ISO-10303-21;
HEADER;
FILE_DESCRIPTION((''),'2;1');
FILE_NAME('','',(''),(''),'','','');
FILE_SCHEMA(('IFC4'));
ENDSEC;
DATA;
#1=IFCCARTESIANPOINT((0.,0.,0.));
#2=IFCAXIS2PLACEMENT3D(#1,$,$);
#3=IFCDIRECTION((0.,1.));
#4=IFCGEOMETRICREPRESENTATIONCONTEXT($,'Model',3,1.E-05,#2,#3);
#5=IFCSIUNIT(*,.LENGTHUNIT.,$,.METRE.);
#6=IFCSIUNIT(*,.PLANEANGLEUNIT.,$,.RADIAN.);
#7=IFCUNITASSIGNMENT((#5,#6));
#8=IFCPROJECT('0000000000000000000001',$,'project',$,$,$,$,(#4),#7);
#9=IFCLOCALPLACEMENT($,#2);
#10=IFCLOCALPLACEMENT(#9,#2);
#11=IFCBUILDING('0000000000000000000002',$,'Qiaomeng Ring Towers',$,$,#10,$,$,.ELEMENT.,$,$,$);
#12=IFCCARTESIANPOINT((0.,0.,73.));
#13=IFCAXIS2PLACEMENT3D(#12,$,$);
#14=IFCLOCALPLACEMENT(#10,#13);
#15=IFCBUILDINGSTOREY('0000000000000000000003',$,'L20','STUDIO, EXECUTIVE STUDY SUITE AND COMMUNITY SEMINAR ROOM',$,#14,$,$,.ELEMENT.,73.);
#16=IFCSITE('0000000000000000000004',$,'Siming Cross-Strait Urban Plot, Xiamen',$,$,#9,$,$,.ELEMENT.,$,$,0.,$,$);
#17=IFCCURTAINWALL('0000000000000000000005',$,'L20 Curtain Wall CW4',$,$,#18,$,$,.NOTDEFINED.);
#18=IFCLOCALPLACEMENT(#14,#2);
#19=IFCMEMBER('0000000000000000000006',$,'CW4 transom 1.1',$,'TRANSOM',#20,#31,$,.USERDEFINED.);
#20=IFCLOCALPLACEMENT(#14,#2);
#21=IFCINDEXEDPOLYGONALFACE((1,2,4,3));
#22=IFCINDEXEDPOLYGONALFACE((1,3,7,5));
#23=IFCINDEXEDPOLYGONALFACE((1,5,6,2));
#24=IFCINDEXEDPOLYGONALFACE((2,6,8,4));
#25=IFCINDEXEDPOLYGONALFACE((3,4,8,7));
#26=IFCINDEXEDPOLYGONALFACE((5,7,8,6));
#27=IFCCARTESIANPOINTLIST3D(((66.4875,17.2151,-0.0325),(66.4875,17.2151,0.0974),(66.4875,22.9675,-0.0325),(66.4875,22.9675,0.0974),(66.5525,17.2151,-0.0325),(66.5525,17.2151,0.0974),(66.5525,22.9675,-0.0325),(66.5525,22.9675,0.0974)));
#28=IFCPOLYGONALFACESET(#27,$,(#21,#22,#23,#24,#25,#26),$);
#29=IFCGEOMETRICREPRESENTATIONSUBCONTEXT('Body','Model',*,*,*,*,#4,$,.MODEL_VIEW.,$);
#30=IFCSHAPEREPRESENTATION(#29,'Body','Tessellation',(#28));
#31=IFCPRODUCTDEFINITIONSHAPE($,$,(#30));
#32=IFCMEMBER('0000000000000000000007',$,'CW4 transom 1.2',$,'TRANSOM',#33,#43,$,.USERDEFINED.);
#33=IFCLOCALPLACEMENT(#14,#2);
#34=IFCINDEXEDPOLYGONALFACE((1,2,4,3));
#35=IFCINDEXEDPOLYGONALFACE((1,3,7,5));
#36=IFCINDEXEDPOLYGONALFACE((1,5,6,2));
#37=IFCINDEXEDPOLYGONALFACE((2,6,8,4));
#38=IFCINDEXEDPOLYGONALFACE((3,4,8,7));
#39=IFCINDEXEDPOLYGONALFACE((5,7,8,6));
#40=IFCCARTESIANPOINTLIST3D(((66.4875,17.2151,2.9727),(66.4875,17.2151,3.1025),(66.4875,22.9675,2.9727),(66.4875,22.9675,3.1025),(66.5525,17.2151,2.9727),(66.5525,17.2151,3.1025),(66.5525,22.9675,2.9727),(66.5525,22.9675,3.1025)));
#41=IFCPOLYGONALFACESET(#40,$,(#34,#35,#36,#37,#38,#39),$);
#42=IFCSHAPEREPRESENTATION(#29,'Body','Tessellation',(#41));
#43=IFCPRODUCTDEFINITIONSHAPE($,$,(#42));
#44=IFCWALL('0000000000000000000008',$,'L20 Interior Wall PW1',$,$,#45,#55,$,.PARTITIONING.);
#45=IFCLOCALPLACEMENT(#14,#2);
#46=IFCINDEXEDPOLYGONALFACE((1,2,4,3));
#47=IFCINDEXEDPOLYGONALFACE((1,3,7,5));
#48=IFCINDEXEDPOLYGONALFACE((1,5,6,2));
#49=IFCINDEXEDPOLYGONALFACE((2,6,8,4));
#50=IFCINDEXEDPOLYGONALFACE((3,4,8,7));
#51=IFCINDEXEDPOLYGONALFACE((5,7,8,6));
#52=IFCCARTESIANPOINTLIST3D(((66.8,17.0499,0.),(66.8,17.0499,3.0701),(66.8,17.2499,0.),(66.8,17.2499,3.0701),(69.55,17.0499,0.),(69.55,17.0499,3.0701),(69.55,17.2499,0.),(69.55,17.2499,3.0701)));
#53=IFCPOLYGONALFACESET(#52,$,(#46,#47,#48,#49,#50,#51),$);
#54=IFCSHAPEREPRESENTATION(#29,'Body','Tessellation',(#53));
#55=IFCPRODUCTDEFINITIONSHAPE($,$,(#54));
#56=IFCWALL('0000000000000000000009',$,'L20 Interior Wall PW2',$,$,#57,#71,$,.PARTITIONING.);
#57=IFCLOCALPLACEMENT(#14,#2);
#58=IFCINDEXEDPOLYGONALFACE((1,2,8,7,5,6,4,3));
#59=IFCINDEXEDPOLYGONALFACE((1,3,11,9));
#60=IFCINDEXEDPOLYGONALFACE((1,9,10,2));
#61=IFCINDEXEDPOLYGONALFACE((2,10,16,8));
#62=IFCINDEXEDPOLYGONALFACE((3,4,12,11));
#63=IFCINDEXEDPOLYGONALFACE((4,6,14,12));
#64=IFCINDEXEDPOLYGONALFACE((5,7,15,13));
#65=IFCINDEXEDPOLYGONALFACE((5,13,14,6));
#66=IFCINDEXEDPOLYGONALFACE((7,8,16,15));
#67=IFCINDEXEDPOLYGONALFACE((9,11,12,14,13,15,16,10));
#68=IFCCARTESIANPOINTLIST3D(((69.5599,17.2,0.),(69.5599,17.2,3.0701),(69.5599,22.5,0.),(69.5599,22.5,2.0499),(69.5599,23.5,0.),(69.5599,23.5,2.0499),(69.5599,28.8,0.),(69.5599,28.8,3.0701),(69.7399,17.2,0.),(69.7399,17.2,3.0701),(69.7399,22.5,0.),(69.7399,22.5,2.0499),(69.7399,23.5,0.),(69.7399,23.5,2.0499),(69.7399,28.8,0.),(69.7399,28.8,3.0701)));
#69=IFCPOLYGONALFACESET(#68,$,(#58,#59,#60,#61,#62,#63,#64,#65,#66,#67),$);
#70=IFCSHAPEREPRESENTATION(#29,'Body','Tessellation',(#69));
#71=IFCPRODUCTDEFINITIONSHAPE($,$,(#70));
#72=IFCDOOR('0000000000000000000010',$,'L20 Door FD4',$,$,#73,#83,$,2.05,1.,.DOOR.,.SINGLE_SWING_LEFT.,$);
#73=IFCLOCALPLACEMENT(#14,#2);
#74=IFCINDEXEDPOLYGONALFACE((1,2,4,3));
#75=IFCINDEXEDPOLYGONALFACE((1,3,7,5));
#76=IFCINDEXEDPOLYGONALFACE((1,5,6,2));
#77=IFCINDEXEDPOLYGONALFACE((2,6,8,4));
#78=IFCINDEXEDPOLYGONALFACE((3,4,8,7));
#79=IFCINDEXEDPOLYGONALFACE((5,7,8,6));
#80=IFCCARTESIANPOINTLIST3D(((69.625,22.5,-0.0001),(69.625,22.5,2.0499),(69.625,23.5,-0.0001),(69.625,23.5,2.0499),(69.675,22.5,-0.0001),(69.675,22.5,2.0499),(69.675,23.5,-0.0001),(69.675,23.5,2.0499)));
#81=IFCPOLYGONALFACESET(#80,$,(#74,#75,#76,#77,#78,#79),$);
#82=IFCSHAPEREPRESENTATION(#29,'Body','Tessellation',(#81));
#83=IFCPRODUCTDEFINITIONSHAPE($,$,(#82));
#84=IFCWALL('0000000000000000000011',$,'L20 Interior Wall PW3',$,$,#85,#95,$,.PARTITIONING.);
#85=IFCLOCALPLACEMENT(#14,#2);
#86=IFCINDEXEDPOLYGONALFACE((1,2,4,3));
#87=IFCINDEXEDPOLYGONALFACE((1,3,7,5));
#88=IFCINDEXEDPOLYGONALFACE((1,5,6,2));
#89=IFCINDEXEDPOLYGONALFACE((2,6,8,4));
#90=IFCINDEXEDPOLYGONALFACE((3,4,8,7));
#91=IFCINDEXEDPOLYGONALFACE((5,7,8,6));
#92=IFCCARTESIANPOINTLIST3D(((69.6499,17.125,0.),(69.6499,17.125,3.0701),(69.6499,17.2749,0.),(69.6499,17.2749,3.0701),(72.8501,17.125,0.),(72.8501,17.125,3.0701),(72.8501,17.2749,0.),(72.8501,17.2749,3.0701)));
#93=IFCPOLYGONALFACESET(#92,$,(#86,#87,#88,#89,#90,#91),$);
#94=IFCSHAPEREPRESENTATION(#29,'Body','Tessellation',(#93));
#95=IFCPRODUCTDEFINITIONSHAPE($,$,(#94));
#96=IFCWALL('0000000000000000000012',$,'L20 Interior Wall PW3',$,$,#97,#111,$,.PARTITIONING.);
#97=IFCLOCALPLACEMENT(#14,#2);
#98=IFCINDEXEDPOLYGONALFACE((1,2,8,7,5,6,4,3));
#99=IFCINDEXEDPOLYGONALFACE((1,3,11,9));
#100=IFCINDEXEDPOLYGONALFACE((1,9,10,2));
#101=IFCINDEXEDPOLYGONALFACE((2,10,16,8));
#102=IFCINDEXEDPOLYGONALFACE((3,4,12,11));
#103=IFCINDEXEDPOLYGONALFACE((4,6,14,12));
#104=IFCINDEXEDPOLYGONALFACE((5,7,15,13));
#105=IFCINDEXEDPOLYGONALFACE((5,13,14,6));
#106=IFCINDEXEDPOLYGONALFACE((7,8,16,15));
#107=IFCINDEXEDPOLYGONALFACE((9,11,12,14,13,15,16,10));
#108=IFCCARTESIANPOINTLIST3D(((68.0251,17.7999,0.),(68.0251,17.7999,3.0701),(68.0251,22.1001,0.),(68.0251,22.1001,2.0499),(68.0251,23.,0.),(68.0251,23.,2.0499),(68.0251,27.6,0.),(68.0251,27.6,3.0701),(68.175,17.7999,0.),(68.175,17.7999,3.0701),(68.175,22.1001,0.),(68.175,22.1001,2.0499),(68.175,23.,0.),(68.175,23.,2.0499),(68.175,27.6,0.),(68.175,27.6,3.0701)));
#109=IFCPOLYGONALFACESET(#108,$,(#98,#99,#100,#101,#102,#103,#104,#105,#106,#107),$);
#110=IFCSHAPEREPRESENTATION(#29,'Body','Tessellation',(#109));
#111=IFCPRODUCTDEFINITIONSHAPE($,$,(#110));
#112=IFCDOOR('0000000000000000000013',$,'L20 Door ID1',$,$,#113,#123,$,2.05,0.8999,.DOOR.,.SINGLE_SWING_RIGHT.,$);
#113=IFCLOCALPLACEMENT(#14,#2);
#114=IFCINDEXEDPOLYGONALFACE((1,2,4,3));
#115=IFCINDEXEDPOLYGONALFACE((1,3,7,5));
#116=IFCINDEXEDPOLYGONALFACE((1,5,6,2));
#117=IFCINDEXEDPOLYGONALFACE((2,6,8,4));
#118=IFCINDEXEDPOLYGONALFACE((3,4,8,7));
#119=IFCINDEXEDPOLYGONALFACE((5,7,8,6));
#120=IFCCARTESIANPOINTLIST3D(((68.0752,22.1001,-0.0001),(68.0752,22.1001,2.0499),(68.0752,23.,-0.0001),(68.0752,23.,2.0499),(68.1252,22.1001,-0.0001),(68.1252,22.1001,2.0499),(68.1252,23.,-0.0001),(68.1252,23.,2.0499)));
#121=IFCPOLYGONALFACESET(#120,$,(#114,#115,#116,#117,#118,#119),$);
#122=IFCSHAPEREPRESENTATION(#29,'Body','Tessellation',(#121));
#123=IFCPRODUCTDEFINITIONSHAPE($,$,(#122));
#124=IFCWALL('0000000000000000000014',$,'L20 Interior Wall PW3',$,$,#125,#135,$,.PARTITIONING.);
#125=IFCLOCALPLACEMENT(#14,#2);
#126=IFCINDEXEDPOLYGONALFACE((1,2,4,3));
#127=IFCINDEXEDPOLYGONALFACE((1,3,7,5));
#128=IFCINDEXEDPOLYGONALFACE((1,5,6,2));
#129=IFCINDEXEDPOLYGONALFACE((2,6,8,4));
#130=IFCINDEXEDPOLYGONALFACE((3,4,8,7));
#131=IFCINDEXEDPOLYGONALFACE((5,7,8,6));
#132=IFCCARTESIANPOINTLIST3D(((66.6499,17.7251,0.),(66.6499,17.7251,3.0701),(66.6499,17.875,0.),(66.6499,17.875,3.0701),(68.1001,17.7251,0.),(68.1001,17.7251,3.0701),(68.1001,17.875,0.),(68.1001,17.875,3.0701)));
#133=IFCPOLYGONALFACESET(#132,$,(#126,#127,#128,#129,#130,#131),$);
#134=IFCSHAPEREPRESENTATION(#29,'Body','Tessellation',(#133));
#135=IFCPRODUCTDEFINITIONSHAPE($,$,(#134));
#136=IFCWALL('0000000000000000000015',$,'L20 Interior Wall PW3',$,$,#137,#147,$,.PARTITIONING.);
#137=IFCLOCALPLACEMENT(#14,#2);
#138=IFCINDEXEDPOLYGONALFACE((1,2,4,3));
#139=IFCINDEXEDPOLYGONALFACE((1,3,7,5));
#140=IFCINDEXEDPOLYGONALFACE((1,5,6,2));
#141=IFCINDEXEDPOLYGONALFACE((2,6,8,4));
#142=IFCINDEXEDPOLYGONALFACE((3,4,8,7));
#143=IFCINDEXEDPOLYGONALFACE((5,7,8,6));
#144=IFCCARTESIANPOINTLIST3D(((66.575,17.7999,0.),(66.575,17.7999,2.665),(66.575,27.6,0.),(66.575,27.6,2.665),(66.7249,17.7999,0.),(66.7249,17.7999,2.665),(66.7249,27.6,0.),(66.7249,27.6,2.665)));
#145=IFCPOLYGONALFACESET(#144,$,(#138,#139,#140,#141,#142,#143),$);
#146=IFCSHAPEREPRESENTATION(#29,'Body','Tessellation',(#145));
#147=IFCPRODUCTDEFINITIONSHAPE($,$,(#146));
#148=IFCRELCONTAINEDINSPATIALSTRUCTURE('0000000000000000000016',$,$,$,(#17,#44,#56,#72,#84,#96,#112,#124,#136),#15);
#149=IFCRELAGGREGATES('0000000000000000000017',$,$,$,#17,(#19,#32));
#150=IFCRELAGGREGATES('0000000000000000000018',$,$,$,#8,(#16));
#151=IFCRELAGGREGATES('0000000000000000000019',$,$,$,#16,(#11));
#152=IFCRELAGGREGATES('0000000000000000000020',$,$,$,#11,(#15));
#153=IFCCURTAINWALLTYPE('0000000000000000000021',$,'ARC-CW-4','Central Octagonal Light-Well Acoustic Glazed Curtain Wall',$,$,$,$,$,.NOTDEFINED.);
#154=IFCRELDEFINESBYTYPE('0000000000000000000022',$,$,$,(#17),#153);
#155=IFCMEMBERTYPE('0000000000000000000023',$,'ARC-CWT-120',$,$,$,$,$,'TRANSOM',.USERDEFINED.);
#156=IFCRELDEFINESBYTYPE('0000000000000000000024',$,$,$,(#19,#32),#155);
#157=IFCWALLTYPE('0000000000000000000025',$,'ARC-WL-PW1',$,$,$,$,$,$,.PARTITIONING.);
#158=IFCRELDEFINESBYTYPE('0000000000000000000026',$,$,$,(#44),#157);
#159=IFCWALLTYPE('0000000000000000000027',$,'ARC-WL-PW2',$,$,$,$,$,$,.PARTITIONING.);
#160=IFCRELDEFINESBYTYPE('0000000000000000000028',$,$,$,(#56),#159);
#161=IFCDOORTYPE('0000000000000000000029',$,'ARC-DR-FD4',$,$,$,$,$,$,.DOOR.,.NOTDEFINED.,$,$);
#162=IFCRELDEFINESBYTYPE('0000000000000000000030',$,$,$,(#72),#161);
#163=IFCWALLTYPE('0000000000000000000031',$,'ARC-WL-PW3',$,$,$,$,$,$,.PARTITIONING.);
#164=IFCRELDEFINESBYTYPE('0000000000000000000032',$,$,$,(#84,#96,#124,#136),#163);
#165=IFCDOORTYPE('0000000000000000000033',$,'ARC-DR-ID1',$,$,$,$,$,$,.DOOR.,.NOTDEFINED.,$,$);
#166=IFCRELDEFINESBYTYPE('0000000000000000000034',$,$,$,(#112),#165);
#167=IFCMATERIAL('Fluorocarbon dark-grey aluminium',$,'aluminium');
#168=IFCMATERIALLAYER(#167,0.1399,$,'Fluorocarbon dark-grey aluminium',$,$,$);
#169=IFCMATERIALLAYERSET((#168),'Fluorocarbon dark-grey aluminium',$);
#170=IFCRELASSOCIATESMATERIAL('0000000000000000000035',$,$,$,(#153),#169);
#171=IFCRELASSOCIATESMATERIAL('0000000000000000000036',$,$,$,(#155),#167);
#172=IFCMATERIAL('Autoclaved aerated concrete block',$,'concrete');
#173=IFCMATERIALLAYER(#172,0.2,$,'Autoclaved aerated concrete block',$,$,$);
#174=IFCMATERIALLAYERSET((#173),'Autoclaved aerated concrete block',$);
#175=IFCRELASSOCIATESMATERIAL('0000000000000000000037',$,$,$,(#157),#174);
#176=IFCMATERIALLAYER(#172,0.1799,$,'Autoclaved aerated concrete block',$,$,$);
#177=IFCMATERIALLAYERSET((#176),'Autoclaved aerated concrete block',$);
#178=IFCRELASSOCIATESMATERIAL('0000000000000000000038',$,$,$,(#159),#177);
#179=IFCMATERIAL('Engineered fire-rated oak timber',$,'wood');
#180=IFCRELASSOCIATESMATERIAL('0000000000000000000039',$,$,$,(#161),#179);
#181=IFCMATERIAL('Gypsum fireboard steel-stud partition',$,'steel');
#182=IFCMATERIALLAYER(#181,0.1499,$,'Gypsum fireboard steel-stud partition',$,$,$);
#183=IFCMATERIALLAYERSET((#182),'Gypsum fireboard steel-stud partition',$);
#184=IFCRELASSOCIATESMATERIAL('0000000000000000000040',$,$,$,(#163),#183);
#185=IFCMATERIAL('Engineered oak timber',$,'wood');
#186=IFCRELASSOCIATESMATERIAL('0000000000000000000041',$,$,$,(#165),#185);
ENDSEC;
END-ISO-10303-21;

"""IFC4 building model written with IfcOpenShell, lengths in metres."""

from ifc_helpers import new_model, si_unit, direction, frame, frame_2d, origin, origin_2d, place, context, subcontext, project, spatial, rectangle, extrude, source, transform, mapped, material, layer, layer_set, material_profile, profile_set, type_object, element, fill, aggregate, save


model = new_model("IFC4")

# Units and contexts
model_context = context("Model", 3, precision=1e-05, world=origin(), true_north=direction((0.0, 1.0)))
body_context = subcontext(model_context, "Body", "Model", "MODEL_VIEW")
ifc_project = project(units=[si_unit("LENGTHUNIT", "METRE"), si_unit("PLANEANGLEUNIT", "RADIAN")], contexts=[model_context])

# Site, building, storey
site_placement = place(None, origin())
site = spatial("IfcSite", under=ifc_project, at=site_placement, Name="Siming Cross-Strait Urban Plot, Xiamen", CompositionType="ELEMENT", RefElevation=0.0)
building_placement = place(site_placement, origin())
building = spatial("IfcBuilding", under=site, at=building_placement, Name="Qiaomeng Ring Towers", CompositionType="ELEMENT")
storey_placement = place(building_placement, frame((0.0, 0.0, 73.0)))
storey = spatial("IfcBuildingStorey", under=building, at=storey_placement, Name="L20", Description="STUDIO, EXECUTIVE STUDY SUITE AND COMMUNITY SEMINAR ROOM", CompositionType="ELEMENT", Elevation=73.0)

# Curtain wall, members
ifc_material_1 = material(Name="Fluorocarbon dark-grey aluminium", Category="aluminium")
ifc_layer_1 = layer(ifc_material_1, 0.1399, Name="Fluorocarbon dark-grey aluminium")
ifc_layer_set_1 = layer_set([ifc_layer_1], Name="Fluorocarbon dark-grey aluminium")
curtain_wall_type = type_object("IfcCurtainWallType", Name="ARC-CW-4", Description="Central Octagonal Light-Well Acoustic Glazed Curtain Wall", PredefinedType="NOTDEFINED", material=ifc_layer_set_1)
curtain_wall_placement = place(storey_placement, origin())
curtain_wall = element("IfcCurtainWall", 1, at=curtain_wall_placement, inside=storey, type_object=curtain_wall_type, Name="L20 Curtain Wall CW4", PredefinedType="NOTDEFINED")
ifc_material_profile_1 = material_profile(ifc_material_1, rectangle(XDim=0.0649, YDim=0.1299, at=origin_2d()), Name="ALU TRAN 65x130")
ifc_profile_set_1 = profile_set([ifc_material_profile_1], Name="Fluorocarbon dark-grey aluminium")
member_type_1 = type_object("IfcMemberType", Name="ARC-CWT-120", ElementType="TRANSOM", PredefinedType="USERDEFINED", material=ifc_profile_set_1)
shared_shape_1 = source(origin(), body_context, "Body", "SweptSolid", [
    extrude(rectangle(XDim=0.0649, YDim=0.1299, at=origin_2d()), origin(), (0.0, 0.0, 1.0), 5.7524),
])
member_1_placement = place(storey_placement, frame((66.52, 17.2151, 0.0325), z_axis=(0.0, 1.0, 0.0), x_axis=(-1.0, 0.0, 0.0)))
member_1 = element("IfcMember", 2, at=member_1_placement, type_object=member_type_1, Name="CW4 transom 1.1", ObjectType="TRANSOM", PredefinedType="USERDEFINED", context=body_context, shape_type="MappedRepresentation", body=[
    mapped(shared_shape_1, transform((0.0, 0.0, 0.0), x_axis=(1.0, 0.0, 0.0), y_axis=(0.0, 1.0, 0.0), z_axis=(0.0, 0.0, 1.0), scale=1.0)),
])
member_2_placement = place(storey_placement, frame((66.52, 17.2151, 3.0376), z_axis=(0.0, 1.0, 0.0), x_axis=(-1.0, 0.0, 0.0)))
member_2 = element("IfcMember", 3, at=member_2_placement, type_object=member_type_1, Name="CW4 transom 1.2", ObjectType="TRANSOM", PredefinedType="USERDEFINED", context=body_context, shape_type="MappedRepresentation", body=[
    mapped(shared_shape_1, transform((0.0, 0.0, 0.0), x_axis=(1.0, 0.0, 0.0), y_axis=(0.0, 1.0, 0.0), z_axis=(0.0, 0.0, 1.0), scale=1.0)),
])
aggregate(curtain_wall, [member_1, member_2])

# Wall
ifc_material_2 = material(Name="Autoclaved aerated concrete block", Category="concrete")
ifc_layer_2 = layer(ifc_material_2, 0.2, Name="Autoclaved aerated concrete block")
ifc_layer_set_2 = layer_set([ifc_layer_2], Name="Autoclaved aerated concrete block")
wall_type_1 = type_object("IfcWallType", Name="ARC-WL-PW1", PredefinedType="PARTITIONING", material=ifc_layer_set_2)
wall_1_placement = place(storey_placement, frame((66.8, 17.1499, 0.0), z_axis=(0.0, 0.0, 1.0), x_axis=(1.0, 0.0, 0.0)))
element("IfcWall", 4, at=wall_1_placement, inside=storey, type_object=wall_type_1, Name="L20 Interior Wall PW1", PredefinedType="PARTITIONING", context=body_context, shape_type="SweptSolid", body=[
    extrude(rectangle(XDim=2.75, YDim=0.2, at=frame_2d((1.375, 0.0))), origin(), (0.0, 0.0, 1.0), 3.0701),
])

# Wall, opening, door
ifc_layer_3 = layer(ifc_material_2, 0.1799, Name="Autoclaved aerated concrete block")
ifc_layer_set_3 = layer_set([ifc_layer_3], Name="Autoclaved aerated concrete block")
wall_type_2 = type_object("IfcWallType", Name="ARC-WL-PW2", PredefinedType="PARTITIONING", material=ifc_layer_set_3)
wall_2_placement = place(storey_placement, frame((69.6499, 17.2, 0.0), z_axis=(0.0, 0.0, 1.0), x_axis=(0.0, 1.0, 0.0)))
wall_2 = element("IfcWall", 5, at=wall_2_placement, inside=storey, type_object=wall_type_2, Name="L20 Interior Wall PW2", PredefinedType="PARTITIONING", context=body_context, shape_type="SweptSolid", body=[
    extrude(rectangle(XDim=11.6001, YDim=0.1799, at=frame_2d((5.8, 0.0))), origin(), (0.0, 0.0, 1.0), 3.0701),
])
opening_1_placement = place(wall_2_placement, frame((5.3, 0.0, 0.0)))
opening_1 = element("IfcOpeningElement", 6, at=opening_1_placement, cuts=wall_2, PredefinedType="OPENING", context=body_context, shape_type="SweptSolid", body=[
    extrude(rectangle(XDim=1.0, YDim=2.05, at=frame_2d((0.5, 1.0249))), frame((0.0, 0.0999, 0.0), z_axis=(0.0, -1.0, 0.0), x_axis=(1.0, 0.0, 0.0)), (0.0, 0.0, 1.0), 0.2),
])
ifc_material_3 = material(Name="Engineered fire-rated oak timber", Category="wood")
door_type_1 = type_object("IfcDoorType", Name="ARC-DR-FD4", OperationType="NOTDEFINED", PredefinedType="DOOR", material=ifc_material_3)
shared_shape_2 = source(origin(), body_context, "Body", "SweptSolid", [
    extrude(rectangle(XDim=1.0, YDim=2.05, at=frame_2d((0.5, 1.0249))), frame((0.0, 0.0249, 0.0), z_axis=(0.0, -1.0, 0.0), x_axis=(1.0, 0.0, 0.0)), (0.0, 0.0, 1.0), 0.05),
])
door_1_placement = place(opening_1_placement, origin())
door_1 = element("IfcDoor", 7, at=door_1_placement, inside=storey, type_object=door_type_1, Name="L20 Door FD4", OperationType="SINGLE_SWING_LEFT", OverallHeight=2.05, OverallWidth=1.0, PredefinedType="DOOR", context=body_context, shape_type="MappedRepresentation", body=[
    mapped(shared_shape_2, transform((0.0, 0.0, 0.0), x_axis=(1.0, 0.0, 0.0), y_axis=(0.0, 1.0, 0.0), z_axis=(0.0, 0.0, 1.0), scale=1.0)),
])
fill(opening_1, door_1)

# Wall
ifc_material_4 = material(Name="Gypsum fireboard steel-stud partition", Category="steel")
ifc_layer_4 = layer(ifc_material_4, 0.1499, Name="Gypsum fireboard steel-stud partition")
ifc_layer_set_4 = layer_set([ifc_layer_4], Name="Gypsum fireboard steel-stud partition")
wall_type_3 = type_object("IfcWallType", Name="ARC-WL-PW3", PredefinedType="PARTITIONING", material=ifc_layer_set_4)
wall_3_placement = place(storey_placement, frame((69.6499, 17.2, 0.0), z_axis=(0.0, 0.0, 1.0), x_axis=(1.0, 0.0, 0.0)))
element("IfcWall", 8, at=wall_3_placement, inside=storey, type_object=wall_type_3, Name="L20 Interior Wall PW3", PredefinedType="PARTITIONING", context=body_context, shape_type="SweptSolid", body=[
    extrude(rectangle(XDim=3.2002, YDim=0.1499, at=frame_2d((1.6001, 0.0))), origin(), (0.0, 0.0, 1.0), 3.0701),
])

# Wall, opening, door
wall_4_placement = place(storey_placement, frame((68.1001, 17.8, 0.0), z_axis=(0.0, 0.0, 1.0), x_axis=(0.0, 1.0, 0.0)))
wall_4 = element("IfcWall", 9, at=wall_4_placement, inside=storey, type_object=wall_type_3, Name="L20 Interior Wall PW3", PredefinedType="PARTITIONING", context=body_context, shape_type="SweptSolid", body=[
    extrude(rectangle(XDim=9.8, YDim=0.1499, at=frame_2d((4.8999, 0.0))), origin(), (0.0, 0.0, 1.0), 3.0701),
])
opening_2_placement = place(wall_4_placement, frame((4.3, 0.0, 0.0)))
opening_2 = element("IfcOpeningElement", 10, at=opening_2_placement, cuts=wall_4, PredefinedType="OPENING", context=body_context, shape_type="SweptSolid", body=[
    extrude(rectangle(XDim=0.8999, YDim=2.05, at=frame_2d((0.45, 1.0249))), frame((0.0, 0.085, 0.0), z_axis=(0.0, -1.0, 0.0), x_axis=(1.0, 0.0, 0.0)), (0.0, 0.0, 1.0), 0.1699),
])
ifc_material_5 = material(Name="Engineered oak timber", Category="wood")
door_type_2 = type_object("IfcDoorType", Name="ARC-DR-ID1", OperationType="NOTDEFINED", PredefinedType="DOOR", material=ifc_material_5)
shared_shape_3 = source(origin(), body_context, "Body", "SweptSolid", [
    extrude(rectangle(XDim=0.8999, YDim=2.05, at=frame_2d((0.45, 1.0249))), frame((0.0, 0.0249, 0.0), z_axis=(0.0, -1.0, 0.0), x_axis=(1.0, 0.0, 0.0)), (0.0, 0.0, 1.0), 0.05),
])
door_2_placement = place(opening_2_placement, origin())
door_2 = element("IfcDoor", 11, at=door_2_placement, inside=storey, type_object=door_type_2, Name="L20 Door ID1", OperationType="SINGLE_SWING_RIGHT", OverallHeight=2.05, OverallWidth=0.8999, PredefinedType="DOOR", context=body_context, shape_type="MappedRepresentation", body=[
    mapped(shared_shape_3, transform((0.0, 0.0, 0.0), x_axis=(1.0, 0.0, 0.0), y_axis=(0.0, 1.0, 0.0), z_axis=(0.0, 0.0, 1.0), scale=1.0)),
])
fill(opening_2, door_2)

# Walls
wall_5_placement = place(storey_placement, frame((66.6499, 17.8, 0.0), z_axis=(0.0, 0.0, 1.0), x_axis=(1.0, 0.0, 0.0)))
element("IfcWall", 12, at=wall_5_placement, inside=storey, type_object=wall_type_3, Name="L20 Interior Wall PW3", PredefinedType="PARTITIONING", context=body_context, shape_type="SweptSolid", body=[
    extrude(rectangle(XDim=1.4502, YDim=0.1499, at=frame_2d((0.7251, 0.0))), origin(), (0.0, 0.0, 1.0), 3.0701),
])
wall_6_placement = place(storey_placement, frame((66.6499, 17.8, 0.0), z_axis=(0.0, 0.0, 1.0), x_axis=(0.0, 1.0, 0.0)))
element("IfcWall", 13, at=wall_6_placement, inside=storey, type_object=wall_type_3, Name="L20 Interior Wall PW3", PredefinedType="PARTITIONING", context=body_context, shape_type="SweptSolid", body=[
    extrude(rectangle(XDim=9.8, YDim=0.1499, at=frame_2d((4.8999, 0.0))), origin(), (0.0, 0.0, 1.0), 2.665),
])

save(model, "model.ifc")
